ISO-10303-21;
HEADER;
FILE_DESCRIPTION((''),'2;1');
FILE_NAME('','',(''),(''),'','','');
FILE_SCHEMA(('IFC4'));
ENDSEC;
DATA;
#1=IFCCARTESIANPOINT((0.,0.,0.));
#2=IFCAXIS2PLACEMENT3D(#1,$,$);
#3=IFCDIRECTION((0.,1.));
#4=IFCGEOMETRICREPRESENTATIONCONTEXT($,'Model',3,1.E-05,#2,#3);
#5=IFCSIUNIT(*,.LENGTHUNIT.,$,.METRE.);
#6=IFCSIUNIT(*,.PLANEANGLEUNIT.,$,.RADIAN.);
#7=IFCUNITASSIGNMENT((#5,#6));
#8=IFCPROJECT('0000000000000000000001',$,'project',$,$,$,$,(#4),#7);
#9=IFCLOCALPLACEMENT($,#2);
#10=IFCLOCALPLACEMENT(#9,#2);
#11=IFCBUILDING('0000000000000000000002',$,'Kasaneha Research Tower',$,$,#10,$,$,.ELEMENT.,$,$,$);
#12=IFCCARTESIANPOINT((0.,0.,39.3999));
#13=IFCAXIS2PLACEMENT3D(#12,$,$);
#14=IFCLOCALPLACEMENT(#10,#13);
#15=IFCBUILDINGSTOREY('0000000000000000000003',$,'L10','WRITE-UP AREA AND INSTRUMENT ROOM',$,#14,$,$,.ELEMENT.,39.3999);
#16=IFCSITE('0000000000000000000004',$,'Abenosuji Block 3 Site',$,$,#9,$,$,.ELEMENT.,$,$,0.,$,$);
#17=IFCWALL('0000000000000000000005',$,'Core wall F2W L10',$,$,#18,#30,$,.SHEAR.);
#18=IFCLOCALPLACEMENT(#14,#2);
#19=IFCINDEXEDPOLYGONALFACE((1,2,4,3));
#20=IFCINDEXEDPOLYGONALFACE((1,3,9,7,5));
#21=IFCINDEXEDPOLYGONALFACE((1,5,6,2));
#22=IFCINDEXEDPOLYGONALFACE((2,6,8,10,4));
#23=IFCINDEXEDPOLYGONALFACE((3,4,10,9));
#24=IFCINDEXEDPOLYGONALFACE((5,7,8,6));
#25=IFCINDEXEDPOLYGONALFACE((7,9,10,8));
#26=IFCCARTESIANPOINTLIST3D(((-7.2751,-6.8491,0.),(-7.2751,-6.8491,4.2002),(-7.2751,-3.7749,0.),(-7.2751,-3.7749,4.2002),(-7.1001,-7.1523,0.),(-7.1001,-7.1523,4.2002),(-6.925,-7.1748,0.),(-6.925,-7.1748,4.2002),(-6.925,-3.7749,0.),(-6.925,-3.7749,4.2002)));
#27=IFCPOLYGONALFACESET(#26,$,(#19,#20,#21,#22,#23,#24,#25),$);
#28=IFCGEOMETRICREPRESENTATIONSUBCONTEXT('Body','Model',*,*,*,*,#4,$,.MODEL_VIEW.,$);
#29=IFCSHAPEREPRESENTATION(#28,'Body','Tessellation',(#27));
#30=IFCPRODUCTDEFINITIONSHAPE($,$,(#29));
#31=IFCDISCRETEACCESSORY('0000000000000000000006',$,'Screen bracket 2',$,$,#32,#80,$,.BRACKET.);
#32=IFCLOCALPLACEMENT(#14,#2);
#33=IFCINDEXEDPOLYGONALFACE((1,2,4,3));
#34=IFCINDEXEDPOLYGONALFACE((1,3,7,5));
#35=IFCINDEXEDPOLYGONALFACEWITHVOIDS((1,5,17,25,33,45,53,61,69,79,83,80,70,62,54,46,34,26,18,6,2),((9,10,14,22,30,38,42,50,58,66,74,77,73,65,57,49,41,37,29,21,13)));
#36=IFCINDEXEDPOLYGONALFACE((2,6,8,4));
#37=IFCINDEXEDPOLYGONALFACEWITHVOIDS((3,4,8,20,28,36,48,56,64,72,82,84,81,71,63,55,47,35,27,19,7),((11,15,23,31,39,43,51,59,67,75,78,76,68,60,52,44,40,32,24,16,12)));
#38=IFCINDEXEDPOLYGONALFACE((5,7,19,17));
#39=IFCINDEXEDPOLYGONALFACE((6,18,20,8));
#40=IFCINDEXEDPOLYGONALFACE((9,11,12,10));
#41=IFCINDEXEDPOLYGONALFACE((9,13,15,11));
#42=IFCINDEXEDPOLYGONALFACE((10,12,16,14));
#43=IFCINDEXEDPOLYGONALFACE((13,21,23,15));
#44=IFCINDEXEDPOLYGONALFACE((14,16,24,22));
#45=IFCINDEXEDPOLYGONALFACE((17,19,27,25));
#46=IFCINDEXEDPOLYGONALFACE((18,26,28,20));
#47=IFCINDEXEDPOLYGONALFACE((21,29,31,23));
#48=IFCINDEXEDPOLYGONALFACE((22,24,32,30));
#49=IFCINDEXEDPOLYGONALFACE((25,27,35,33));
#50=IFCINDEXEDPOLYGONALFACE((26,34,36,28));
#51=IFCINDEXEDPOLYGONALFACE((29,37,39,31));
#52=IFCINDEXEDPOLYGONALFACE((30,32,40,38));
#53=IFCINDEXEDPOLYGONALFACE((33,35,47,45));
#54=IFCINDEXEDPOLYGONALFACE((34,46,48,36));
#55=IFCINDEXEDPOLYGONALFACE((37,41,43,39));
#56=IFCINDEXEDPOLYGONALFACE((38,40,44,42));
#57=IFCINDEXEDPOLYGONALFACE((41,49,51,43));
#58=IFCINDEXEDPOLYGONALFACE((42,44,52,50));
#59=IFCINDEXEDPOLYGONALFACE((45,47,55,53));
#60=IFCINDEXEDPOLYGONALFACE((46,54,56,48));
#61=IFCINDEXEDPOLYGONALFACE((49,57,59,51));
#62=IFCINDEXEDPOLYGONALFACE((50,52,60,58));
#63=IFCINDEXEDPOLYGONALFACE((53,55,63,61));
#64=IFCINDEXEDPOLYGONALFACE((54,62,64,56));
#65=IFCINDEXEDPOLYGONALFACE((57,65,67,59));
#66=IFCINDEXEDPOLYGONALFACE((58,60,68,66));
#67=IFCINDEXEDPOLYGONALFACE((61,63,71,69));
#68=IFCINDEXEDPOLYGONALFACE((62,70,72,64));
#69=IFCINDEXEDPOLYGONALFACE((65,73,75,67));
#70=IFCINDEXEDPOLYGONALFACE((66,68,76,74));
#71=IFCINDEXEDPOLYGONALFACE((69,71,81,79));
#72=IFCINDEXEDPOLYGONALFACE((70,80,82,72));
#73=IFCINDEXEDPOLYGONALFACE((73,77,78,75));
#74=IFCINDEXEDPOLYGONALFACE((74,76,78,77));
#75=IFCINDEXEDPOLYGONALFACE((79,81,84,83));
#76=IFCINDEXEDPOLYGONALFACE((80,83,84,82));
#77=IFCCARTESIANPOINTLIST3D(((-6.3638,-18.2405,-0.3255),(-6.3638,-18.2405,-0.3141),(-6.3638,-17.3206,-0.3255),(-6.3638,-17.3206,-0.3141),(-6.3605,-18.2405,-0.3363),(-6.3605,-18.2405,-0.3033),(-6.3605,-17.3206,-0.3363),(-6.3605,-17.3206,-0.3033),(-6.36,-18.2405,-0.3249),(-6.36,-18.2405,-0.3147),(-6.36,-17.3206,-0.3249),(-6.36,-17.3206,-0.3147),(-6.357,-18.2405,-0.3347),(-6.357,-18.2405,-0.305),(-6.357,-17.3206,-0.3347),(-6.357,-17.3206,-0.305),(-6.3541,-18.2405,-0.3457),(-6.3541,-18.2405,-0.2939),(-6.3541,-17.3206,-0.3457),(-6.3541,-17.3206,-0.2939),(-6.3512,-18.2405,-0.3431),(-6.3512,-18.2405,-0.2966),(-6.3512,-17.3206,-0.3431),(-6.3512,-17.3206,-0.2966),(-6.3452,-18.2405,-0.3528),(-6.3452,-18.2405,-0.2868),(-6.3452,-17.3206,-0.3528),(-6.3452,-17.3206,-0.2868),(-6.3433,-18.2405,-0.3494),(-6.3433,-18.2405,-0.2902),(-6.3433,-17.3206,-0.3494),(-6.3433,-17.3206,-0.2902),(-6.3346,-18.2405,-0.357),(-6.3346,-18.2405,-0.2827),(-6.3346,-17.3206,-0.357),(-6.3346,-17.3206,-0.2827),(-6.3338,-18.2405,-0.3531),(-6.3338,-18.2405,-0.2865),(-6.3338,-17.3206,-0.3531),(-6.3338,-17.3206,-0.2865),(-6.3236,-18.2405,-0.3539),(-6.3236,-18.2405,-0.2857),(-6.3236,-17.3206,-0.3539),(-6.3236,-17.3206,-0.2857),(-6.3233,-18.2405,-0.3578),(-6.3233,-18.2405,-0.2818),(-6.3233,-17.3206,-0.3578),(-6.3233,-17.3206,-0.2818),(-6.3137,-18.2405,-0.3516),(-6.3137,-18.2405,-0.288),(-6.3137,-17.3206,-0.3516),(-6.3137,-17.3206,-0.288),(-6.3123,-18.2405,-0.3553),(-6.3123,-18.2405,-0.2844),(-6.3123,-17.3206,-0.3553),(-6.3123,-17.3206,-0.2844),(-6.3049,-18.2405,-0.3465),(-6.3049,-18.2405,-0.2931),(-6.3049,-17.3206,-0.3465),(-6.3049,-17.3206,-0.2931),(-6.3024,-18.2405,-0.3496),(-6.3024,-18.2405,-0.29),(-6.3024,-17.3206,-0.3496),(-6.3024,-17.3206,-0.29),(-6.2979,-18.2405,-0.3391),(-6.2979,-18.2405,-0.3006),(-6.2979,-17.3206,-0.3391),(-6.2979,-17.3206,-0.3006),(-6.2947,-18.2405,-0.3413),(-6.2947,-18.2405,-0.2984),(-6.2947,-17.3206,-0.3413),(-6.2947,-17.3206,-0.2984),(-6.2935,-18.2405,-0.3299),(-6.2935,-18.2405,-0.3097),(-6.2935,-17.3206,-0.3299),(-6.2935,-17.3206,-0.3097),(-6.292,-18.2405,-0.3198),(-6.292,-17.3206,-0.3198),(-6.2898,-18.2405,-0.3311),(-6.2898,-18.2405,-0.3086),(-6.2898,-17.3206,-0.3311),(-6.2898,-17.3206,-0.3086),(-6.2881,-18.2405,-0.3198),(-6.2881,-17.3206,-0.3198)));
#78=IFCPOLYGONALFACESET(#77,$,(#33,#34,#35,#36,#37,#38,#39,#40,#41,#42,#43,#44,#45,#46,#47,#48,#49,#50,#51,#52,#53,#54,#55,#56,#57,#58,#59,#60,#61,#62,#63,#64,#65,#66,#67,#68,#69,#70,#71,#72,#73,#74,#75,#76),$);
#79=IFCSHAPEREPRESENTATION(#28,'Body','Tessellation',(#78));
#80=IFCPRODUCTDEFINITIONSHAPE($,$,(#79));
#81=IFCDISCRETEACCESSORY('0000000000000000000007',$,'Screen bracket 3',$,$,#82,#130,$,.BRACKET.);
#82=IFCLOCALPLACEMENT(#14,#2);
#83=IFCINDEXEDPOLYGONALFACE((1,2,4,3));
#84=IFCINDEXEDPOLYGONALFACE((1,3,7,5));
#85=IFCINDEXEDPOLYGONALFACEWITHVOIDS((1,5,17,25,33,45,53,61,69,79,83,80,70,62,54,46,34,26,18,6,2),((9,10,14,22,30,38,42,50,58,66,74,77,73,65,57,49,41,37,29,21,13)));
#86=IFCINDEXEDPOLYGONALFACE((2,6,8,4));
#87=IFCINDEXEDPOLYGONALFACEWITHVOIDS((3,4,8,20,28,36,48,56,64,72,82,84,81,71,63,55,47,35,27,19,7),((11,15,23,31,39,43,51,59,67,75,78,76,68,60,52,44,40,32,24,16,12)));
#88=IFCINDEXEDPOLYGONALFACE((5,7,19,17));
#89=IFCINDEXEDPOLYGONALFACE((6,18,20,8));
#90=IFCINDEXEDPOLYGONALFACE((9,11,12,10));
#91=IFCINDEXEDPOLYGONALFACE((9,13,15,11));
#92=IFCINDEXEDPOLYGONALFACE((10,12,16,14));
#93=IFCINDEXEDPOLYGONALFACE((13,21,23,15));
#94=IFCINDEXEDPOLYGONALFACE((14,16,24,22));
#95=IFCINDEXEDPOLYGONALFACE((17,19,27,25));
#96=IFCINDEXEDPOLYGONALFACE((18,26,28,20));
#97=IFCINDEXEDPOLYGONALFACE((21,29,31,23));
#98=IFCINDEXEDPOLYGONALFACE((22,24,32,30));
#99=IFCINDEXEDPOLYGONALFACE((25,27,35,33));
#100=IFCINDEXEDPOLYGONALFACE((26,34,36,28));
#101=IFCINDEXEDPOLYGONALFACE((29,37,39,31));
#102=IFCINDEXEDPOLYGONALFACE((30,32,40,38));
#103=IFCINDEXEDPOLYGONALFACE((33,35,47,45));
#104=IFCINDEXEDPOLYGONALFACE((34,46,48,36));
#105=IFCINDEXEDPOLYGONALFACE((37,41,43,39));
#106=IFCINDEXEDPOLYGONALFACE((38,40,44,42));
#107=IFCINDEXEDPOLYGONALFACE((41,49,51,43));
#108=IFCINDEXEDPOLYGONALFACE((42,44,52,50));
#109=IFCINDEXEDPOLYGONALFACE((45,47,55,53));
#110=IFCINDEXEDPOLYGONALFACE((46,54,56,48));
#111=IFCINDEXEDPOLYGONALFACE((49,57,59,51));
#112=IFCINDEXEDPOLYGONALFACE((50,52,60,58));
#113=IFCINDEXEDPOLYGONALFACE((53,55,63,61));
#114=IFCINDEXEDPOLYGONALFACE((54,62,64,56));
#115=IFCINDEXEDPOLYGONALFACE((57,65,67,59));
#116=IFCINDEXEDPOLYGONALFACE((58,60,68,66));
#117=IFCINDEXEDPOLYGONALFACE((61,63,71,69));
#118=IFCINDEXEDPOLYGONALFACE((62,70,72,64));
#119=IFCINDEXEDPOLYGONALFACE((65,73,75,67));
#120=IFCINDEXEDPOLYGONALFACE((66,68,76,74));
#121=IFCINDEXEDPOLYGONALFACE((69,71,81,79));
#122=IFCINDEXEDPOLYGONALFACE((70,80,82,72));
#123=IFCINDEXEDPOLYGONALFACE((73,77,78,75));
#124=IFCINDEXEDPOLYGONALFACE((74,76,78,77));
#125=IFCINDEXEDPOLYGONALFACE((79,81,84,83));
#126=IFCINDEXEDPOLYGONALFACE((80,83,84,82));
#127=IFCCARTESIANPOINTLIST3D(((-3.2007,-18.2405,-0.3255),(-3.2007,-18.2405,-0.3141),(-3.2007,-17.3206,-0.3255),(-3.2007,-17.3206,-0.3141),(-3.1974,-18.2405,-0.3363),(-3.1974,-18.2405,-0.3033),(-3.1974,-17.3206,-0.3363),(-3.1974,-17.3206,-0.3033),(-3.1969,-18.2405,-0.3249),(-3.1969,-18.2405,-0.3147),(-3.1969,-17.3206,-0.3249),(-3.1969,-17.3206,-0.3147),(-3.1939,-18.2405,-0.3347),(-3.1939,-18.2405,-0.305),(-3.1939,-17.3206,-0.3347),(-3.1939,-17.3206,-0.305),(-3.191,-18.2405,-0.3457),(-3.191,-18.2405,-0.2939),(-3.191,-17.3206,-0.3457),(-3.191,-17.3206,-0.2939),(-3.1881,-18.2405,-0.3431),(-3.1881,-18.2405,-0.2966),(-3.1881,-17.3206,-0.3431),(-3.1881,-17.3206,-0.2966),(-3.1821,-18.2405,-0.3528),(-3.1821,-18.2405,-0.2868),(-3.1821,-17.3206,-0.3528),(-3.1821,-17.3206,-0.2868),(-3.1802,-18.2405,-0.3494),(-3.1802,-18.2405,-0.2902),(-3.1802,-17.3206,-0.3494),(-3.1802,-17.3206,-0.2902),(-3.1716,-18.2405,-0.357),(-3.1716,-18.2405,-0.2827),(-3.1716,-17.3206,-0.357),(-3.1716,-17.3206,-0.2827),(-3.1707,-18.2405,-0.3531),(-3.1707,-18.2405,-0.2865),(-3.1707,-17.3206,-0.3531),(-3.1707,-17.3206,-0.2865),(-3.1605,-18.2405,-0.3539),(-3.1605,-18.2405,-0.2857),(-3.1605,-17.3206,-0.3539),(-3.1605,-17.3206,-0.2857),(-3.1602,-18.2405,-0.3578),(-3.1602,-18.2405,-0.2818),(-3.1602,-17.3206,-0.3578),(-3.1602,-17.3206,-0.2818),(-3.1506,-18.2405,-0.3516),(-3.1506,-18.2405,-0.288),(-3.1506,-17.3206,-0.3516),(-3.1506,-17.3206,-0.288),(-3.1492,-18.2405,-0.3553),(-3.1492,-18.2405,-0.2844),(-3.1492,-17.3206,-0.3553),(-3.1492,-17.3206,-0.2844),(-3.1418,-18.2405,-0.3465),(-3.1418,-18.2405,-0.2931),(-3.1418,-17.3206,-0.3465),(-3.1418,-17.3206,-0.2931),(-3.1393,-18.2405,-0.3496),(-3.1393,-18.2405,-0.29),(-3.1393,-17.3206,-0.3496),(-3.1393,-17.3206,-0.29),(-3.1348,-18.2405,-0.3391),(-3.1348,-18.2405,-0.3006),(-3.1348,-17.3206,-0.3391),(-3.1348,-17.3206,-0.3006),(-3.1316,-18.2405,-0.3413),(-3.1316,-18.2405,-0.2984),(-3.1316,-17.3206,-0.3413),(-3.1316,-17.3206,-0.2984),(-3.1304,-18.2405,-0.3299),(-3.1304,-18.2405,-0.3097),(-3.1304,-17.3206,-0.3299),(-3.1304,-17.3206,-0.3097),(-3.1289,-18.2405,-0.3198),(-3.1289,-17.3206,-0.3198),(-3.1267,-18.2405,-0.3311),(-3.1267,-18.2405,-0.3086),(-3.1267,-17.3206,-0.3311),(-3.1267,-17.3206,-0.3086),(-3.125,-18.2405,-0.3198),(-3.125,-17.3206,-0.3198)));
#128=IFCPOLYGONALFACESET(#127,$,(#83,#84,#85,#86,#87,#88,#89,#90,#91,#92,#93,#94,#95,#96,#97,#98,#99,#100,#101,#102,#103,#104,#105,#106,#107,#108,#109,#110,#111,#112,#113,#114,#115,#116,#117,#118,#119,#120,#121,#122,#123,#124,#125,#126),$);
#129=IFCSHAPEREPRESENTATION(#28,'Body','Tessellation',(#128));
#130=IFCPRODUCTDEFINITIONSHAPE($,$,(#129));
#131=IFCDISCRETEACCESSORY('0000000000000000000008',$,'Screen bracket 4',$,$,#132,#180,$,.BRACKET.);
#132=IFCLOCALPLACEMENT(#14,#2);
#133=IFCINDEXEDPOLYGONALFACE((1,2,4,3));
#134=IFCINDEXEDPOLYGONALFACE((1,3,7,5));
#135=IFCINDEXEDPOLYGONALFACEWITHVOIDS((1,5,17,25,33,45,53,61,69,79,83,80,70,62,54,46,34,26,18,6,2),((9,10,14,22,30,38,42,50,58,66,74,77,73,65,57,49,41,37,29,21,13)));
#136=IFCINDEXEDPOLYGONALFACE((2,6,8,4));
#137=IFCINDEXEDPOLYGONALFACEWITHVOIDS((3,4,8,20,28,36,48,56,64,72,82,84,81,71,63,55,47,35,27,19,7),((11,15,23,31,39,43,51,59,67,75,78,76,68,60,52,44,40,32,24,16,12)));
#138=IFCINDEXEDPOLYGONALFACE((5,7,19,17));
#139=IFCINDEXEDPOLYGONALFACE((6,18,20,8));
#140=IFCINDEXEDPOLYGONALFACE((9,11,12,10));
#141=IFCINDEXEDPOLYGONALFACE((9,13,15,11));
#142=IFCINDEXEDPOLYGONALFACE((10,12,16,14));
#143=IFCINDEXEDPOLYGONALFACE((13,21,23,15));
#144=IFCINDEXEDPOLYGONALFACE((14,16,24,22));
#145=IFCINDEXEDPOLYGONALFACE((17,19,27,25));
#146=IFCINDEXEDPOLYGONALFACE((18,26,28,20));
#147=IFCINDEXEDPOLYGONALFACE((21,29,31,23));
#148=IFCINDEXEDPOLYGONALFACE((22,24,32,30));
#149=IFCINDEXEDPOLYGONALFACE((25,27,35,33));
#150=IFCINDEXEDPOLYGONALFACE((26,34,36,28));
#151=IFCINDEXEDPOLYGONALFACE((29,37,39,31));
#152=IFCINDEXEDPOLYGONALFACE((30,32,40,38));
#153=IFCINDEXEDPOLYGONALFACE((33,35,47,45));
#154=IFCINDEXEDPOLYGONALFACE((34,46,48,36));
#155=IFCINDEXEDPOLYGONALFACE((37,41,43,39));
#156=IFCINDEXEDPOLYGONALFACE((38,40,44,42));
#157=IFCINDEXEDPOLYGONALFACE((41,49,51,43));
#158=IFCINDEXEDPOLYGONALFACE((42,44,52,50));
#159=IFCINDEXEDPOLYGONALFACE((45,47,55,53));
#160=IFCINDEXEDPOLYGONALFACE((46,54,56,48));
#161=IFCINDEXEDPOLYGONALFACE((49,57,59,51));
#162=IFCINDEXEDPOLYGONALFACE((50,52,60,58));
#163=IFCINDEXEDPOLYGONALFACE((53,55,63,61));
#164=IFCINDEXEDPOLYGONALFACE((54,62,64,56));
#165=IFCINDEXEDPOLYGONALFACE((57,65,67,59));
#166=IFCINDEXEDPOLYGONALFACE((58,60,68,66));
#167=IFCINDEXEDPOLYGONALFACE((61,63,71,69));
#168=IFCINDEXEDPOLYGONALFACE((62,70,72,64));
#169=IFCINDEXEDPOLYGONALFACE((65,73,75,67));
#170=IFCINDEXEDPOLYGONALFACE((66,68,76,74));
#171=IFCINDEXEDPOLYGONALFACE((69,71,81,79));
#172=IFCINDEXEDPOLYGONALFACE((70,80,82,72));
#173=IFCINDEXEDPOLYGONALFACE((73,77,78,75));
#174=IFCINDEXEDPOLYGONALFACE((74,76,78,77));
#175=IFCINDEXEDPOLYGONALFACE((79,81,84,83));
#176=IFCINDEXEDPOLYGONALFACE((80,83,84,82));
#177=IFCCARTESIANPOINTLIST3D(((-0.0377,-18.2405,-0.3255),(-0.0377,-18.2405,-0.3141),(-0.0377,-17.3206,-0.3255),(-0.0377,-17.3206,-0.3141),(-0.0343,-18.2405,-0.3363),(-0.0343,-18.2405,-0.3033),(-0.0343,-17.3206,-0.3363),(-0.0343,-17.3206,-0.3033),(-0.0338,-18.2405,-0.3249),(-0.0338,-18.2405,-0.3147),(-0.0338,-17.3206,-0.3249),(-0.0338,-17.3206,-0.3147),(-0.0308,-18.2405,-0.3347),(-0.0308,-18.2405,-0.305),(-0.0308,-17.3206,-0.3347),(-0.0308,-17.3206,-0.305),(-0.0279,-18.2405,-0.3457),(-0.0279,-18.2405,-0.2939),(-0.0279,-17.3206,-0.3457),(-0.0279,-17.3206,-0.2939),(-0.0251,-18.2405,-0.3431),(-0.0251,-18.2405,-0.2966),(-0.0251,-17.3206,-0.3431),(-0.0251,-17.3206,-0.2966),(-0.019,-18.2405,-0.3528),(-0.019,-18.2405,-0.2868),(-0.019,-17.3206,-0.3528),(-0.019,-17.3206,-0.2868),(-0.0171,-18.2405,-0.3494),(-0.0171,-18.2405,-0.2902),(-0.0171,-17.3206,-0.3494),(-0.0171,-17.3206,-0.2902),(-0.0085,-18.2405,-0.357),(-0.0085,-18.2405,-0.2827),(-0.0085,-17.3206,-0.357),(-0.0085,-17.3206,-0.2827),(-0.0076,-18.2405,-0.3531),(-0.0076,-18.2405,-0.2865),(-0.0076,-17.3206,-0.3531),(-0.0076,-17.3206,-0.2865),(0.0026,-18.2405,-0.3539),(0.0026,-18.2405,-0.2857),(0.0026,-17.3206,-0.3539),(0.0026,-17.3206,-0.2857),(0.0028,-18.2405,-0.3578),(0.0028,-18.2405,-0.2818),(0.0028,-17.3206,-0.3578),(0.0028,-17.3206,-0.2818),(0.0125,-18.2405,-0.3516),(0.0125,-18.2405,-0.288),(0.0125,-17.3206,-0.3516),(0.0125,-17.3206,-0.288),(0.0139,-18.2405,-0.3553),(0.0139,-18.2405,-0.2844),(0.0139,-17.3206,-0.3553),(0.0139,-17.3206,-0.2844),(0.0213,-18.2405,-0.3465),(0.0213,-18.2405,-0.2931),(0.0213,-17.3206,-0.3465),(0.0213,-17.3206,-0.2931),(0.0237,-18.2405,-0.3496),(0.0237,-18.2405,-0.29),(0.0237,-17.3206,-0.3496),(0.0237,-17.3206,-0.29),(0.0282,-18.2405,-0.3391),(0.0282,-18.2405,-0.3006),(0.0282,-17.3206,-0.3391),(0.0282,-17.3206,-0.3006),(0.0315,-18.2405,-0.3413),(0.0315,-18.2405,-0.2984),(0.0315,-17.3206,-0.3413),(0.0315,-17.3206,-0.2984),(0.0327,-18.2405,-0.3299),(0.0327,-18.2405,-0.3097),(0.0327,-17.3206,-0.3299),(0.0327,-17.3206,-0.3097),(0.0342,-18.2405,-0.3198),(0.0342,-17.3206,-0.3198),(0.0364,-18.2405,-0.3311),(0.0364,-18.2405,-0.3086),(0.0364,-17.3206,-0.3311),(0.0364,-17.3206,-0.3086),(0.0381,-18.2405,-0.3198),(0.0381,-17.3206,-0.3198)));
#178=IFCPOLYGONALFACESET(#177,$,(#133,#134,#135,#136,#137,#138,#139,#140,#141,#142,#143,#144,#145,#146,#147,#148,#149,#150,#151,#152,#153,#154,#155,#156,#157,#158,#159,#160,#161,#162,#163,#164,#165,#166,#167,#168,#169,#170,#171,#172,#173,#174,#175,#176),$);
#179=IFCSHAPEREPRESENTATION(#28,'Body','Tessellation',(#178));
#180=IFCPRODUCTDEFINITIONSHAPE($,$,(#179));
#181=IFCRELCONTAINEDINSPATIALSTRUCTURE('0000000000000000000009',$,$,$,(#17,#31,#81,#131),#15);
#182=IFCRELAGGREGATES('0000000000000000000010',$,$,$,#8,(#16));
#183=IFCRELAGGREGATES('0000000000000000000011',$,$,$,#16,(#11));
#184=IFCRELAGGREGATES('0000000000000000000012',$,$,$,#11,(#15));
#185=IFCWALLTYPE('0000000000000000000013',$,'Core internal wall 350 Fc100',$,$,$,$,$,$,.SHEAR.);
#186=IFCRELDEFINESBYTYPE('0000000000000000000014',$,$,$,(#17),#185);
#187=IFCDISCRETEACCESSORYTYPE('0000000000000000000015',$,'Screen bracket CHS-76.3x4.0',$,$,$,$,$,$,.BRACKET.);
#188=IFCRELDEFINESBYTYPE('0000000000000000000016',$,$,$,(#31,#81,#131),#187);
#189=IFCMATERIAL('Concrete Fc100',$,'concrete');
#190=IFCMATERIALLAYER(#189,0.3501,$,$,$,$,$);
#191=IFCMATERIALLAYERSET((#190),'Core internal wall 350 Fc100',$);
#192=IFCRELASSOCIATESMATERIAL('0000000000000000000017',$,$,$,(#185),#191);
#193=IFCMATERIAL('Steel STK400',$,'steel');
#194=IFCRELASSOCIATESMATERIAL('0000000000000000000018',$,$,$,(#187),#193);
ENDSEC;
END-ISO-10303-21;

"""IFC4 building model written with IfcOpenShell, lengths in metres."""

from ifc_helpers import new_model, si_unit, direction, frame, origin, origin_2d, place, context, subcontext, project, spatial, polyline, hollow_circle, outline, extrude, material, layer, layer_set, material_profile, profile_set, type_object, element, save


model = new_model("IFC4")

# Units and contexts
model_context = context("Model", 3, precision=1e-05, world=origin(), true_north=direction((0.0, 1.0)))
body_context = subcontext(model_context, "Body", "Model", "MODEL_VIEW")
ifc_project = project(units=[si_unit("LENGTHUNIT", "METRE"), si_unit("PLANEANGLEUNIT", "RADIAN")], contexts=[model_context])

# Site, building, storey
site_placement = place(None, origin())
site = spatial("IfcSite", under=ifc_project, at=site_placement, Name="Abenosuji Block 3 Site", CompositionType="ELEMENT", RefElevation=0.0)
building_placement = place(site_placement, origin())
building = spatial("IfcBuilding", under=site, at=building_placement, Name="Kasaneha Research Tower", CompositionType="ELEMENT")
storey_placement = place(building_placement, frame((0.0, 0.0, 39.3999)))
storey = spatial("IfcBuildingStorey", under=building, at=storey_placement, Name="L10", Description="WRITE-UP AREA AND INSTRUMENT ROOM", CompositionType="ELEMENT", Elevation=39.3999)

# Shared definitions
ifc_material_1 = material(Name="Concrete Fc100", Category="concrete")
ifc_layer_1 = layer(ifc_material_1, 0.3501)
ifc_layer_set_1 = layer_set([ifc_layer_1], Name="Core internal wall 350 Fc100")
wall_type_1 = type_object("IfcWallType", Name="Core internal wall 350 Fc100", PredefinedType="SHEAR", material=ifc_layer_set_1)

# Wall
wall_1_placement = place(storey_placement, frame((-7.1001, -3.7749, 0.0), z_axis=(0.0, 0.0, 1.0), x_axis=(0.0, -1.0, 0.0)))
element("IfcWall", 1, at=wall_1_placement, inside=storey, type_object=wall_type_1, Name="Core wall F2W L10", PredefinedType="SHEAR", context=body_context, shape_type="SweptSolid", body=[
    extrude(outline(polyline([(0.0, -0.175), (3.0742, -0.175), (3.3774, 0.0), (3.3999, 0.175), (0.0, 0.175), (0.0, -0.175)])), origin(), (0.0, 0.0, 1.0), 4.2002),
])

# Discrete accessories
ifc_material_2 = material(Name="Steel STK400", Category="steel")
ifc_material_profile_1 = material_profile(ifc_material_2, hollow_circle(Radius=0.0381, WallThickness=0.0039, at=origin_2d()), Name="CHS-76.3x4.0")
ifc_profile_set_1 = profile_set([ifc_material_profile_1], Name="Steel STK400")
discrete_accessory_type = type_object("IfcDiscreteAccessoryType", Name="Screen bracket CHS-76.3x4.0", PredefinedType="BRACKET", material=ifc_profile_set_1)
for number, where, z_axis, x_axis, name in (
    (2, (-6.3262, -17.3206, -0.3198), (0.0, -1.0, 0.0), (1.0, 0.0, 0.0), "Screen bracket 2"),
    (3, (-3.1631, -17.3206, -0.3198), (0.0, -1.0, 0.0), (1.0, 0.0, 0.0), "Screen bracket 3"),
    (4, (0.0, -17.3206, -0.3198), (0.0, -1.0, 0.0), (1.0, 0.0, 0.0), "Screen bracket 4"),
):
    element("IfcDiscreteAccessory", number, at=place(storey_placement, frame(where, z_axis=z_axis, x_axis=x_axis)), inside=storey, type_object=discrete_accessory_type, Name=name, PredefinedType="BRACKET", context=body_context, shape_type="SweptSolid", body=[
        extrude(hollow_circle(Radius=0.0381, WallThickness=0.0039, at=origin_2d()), origin(), (0.0, 0.0, 1.0), 0.9199),
    ])

save(model, "model.ifc")
